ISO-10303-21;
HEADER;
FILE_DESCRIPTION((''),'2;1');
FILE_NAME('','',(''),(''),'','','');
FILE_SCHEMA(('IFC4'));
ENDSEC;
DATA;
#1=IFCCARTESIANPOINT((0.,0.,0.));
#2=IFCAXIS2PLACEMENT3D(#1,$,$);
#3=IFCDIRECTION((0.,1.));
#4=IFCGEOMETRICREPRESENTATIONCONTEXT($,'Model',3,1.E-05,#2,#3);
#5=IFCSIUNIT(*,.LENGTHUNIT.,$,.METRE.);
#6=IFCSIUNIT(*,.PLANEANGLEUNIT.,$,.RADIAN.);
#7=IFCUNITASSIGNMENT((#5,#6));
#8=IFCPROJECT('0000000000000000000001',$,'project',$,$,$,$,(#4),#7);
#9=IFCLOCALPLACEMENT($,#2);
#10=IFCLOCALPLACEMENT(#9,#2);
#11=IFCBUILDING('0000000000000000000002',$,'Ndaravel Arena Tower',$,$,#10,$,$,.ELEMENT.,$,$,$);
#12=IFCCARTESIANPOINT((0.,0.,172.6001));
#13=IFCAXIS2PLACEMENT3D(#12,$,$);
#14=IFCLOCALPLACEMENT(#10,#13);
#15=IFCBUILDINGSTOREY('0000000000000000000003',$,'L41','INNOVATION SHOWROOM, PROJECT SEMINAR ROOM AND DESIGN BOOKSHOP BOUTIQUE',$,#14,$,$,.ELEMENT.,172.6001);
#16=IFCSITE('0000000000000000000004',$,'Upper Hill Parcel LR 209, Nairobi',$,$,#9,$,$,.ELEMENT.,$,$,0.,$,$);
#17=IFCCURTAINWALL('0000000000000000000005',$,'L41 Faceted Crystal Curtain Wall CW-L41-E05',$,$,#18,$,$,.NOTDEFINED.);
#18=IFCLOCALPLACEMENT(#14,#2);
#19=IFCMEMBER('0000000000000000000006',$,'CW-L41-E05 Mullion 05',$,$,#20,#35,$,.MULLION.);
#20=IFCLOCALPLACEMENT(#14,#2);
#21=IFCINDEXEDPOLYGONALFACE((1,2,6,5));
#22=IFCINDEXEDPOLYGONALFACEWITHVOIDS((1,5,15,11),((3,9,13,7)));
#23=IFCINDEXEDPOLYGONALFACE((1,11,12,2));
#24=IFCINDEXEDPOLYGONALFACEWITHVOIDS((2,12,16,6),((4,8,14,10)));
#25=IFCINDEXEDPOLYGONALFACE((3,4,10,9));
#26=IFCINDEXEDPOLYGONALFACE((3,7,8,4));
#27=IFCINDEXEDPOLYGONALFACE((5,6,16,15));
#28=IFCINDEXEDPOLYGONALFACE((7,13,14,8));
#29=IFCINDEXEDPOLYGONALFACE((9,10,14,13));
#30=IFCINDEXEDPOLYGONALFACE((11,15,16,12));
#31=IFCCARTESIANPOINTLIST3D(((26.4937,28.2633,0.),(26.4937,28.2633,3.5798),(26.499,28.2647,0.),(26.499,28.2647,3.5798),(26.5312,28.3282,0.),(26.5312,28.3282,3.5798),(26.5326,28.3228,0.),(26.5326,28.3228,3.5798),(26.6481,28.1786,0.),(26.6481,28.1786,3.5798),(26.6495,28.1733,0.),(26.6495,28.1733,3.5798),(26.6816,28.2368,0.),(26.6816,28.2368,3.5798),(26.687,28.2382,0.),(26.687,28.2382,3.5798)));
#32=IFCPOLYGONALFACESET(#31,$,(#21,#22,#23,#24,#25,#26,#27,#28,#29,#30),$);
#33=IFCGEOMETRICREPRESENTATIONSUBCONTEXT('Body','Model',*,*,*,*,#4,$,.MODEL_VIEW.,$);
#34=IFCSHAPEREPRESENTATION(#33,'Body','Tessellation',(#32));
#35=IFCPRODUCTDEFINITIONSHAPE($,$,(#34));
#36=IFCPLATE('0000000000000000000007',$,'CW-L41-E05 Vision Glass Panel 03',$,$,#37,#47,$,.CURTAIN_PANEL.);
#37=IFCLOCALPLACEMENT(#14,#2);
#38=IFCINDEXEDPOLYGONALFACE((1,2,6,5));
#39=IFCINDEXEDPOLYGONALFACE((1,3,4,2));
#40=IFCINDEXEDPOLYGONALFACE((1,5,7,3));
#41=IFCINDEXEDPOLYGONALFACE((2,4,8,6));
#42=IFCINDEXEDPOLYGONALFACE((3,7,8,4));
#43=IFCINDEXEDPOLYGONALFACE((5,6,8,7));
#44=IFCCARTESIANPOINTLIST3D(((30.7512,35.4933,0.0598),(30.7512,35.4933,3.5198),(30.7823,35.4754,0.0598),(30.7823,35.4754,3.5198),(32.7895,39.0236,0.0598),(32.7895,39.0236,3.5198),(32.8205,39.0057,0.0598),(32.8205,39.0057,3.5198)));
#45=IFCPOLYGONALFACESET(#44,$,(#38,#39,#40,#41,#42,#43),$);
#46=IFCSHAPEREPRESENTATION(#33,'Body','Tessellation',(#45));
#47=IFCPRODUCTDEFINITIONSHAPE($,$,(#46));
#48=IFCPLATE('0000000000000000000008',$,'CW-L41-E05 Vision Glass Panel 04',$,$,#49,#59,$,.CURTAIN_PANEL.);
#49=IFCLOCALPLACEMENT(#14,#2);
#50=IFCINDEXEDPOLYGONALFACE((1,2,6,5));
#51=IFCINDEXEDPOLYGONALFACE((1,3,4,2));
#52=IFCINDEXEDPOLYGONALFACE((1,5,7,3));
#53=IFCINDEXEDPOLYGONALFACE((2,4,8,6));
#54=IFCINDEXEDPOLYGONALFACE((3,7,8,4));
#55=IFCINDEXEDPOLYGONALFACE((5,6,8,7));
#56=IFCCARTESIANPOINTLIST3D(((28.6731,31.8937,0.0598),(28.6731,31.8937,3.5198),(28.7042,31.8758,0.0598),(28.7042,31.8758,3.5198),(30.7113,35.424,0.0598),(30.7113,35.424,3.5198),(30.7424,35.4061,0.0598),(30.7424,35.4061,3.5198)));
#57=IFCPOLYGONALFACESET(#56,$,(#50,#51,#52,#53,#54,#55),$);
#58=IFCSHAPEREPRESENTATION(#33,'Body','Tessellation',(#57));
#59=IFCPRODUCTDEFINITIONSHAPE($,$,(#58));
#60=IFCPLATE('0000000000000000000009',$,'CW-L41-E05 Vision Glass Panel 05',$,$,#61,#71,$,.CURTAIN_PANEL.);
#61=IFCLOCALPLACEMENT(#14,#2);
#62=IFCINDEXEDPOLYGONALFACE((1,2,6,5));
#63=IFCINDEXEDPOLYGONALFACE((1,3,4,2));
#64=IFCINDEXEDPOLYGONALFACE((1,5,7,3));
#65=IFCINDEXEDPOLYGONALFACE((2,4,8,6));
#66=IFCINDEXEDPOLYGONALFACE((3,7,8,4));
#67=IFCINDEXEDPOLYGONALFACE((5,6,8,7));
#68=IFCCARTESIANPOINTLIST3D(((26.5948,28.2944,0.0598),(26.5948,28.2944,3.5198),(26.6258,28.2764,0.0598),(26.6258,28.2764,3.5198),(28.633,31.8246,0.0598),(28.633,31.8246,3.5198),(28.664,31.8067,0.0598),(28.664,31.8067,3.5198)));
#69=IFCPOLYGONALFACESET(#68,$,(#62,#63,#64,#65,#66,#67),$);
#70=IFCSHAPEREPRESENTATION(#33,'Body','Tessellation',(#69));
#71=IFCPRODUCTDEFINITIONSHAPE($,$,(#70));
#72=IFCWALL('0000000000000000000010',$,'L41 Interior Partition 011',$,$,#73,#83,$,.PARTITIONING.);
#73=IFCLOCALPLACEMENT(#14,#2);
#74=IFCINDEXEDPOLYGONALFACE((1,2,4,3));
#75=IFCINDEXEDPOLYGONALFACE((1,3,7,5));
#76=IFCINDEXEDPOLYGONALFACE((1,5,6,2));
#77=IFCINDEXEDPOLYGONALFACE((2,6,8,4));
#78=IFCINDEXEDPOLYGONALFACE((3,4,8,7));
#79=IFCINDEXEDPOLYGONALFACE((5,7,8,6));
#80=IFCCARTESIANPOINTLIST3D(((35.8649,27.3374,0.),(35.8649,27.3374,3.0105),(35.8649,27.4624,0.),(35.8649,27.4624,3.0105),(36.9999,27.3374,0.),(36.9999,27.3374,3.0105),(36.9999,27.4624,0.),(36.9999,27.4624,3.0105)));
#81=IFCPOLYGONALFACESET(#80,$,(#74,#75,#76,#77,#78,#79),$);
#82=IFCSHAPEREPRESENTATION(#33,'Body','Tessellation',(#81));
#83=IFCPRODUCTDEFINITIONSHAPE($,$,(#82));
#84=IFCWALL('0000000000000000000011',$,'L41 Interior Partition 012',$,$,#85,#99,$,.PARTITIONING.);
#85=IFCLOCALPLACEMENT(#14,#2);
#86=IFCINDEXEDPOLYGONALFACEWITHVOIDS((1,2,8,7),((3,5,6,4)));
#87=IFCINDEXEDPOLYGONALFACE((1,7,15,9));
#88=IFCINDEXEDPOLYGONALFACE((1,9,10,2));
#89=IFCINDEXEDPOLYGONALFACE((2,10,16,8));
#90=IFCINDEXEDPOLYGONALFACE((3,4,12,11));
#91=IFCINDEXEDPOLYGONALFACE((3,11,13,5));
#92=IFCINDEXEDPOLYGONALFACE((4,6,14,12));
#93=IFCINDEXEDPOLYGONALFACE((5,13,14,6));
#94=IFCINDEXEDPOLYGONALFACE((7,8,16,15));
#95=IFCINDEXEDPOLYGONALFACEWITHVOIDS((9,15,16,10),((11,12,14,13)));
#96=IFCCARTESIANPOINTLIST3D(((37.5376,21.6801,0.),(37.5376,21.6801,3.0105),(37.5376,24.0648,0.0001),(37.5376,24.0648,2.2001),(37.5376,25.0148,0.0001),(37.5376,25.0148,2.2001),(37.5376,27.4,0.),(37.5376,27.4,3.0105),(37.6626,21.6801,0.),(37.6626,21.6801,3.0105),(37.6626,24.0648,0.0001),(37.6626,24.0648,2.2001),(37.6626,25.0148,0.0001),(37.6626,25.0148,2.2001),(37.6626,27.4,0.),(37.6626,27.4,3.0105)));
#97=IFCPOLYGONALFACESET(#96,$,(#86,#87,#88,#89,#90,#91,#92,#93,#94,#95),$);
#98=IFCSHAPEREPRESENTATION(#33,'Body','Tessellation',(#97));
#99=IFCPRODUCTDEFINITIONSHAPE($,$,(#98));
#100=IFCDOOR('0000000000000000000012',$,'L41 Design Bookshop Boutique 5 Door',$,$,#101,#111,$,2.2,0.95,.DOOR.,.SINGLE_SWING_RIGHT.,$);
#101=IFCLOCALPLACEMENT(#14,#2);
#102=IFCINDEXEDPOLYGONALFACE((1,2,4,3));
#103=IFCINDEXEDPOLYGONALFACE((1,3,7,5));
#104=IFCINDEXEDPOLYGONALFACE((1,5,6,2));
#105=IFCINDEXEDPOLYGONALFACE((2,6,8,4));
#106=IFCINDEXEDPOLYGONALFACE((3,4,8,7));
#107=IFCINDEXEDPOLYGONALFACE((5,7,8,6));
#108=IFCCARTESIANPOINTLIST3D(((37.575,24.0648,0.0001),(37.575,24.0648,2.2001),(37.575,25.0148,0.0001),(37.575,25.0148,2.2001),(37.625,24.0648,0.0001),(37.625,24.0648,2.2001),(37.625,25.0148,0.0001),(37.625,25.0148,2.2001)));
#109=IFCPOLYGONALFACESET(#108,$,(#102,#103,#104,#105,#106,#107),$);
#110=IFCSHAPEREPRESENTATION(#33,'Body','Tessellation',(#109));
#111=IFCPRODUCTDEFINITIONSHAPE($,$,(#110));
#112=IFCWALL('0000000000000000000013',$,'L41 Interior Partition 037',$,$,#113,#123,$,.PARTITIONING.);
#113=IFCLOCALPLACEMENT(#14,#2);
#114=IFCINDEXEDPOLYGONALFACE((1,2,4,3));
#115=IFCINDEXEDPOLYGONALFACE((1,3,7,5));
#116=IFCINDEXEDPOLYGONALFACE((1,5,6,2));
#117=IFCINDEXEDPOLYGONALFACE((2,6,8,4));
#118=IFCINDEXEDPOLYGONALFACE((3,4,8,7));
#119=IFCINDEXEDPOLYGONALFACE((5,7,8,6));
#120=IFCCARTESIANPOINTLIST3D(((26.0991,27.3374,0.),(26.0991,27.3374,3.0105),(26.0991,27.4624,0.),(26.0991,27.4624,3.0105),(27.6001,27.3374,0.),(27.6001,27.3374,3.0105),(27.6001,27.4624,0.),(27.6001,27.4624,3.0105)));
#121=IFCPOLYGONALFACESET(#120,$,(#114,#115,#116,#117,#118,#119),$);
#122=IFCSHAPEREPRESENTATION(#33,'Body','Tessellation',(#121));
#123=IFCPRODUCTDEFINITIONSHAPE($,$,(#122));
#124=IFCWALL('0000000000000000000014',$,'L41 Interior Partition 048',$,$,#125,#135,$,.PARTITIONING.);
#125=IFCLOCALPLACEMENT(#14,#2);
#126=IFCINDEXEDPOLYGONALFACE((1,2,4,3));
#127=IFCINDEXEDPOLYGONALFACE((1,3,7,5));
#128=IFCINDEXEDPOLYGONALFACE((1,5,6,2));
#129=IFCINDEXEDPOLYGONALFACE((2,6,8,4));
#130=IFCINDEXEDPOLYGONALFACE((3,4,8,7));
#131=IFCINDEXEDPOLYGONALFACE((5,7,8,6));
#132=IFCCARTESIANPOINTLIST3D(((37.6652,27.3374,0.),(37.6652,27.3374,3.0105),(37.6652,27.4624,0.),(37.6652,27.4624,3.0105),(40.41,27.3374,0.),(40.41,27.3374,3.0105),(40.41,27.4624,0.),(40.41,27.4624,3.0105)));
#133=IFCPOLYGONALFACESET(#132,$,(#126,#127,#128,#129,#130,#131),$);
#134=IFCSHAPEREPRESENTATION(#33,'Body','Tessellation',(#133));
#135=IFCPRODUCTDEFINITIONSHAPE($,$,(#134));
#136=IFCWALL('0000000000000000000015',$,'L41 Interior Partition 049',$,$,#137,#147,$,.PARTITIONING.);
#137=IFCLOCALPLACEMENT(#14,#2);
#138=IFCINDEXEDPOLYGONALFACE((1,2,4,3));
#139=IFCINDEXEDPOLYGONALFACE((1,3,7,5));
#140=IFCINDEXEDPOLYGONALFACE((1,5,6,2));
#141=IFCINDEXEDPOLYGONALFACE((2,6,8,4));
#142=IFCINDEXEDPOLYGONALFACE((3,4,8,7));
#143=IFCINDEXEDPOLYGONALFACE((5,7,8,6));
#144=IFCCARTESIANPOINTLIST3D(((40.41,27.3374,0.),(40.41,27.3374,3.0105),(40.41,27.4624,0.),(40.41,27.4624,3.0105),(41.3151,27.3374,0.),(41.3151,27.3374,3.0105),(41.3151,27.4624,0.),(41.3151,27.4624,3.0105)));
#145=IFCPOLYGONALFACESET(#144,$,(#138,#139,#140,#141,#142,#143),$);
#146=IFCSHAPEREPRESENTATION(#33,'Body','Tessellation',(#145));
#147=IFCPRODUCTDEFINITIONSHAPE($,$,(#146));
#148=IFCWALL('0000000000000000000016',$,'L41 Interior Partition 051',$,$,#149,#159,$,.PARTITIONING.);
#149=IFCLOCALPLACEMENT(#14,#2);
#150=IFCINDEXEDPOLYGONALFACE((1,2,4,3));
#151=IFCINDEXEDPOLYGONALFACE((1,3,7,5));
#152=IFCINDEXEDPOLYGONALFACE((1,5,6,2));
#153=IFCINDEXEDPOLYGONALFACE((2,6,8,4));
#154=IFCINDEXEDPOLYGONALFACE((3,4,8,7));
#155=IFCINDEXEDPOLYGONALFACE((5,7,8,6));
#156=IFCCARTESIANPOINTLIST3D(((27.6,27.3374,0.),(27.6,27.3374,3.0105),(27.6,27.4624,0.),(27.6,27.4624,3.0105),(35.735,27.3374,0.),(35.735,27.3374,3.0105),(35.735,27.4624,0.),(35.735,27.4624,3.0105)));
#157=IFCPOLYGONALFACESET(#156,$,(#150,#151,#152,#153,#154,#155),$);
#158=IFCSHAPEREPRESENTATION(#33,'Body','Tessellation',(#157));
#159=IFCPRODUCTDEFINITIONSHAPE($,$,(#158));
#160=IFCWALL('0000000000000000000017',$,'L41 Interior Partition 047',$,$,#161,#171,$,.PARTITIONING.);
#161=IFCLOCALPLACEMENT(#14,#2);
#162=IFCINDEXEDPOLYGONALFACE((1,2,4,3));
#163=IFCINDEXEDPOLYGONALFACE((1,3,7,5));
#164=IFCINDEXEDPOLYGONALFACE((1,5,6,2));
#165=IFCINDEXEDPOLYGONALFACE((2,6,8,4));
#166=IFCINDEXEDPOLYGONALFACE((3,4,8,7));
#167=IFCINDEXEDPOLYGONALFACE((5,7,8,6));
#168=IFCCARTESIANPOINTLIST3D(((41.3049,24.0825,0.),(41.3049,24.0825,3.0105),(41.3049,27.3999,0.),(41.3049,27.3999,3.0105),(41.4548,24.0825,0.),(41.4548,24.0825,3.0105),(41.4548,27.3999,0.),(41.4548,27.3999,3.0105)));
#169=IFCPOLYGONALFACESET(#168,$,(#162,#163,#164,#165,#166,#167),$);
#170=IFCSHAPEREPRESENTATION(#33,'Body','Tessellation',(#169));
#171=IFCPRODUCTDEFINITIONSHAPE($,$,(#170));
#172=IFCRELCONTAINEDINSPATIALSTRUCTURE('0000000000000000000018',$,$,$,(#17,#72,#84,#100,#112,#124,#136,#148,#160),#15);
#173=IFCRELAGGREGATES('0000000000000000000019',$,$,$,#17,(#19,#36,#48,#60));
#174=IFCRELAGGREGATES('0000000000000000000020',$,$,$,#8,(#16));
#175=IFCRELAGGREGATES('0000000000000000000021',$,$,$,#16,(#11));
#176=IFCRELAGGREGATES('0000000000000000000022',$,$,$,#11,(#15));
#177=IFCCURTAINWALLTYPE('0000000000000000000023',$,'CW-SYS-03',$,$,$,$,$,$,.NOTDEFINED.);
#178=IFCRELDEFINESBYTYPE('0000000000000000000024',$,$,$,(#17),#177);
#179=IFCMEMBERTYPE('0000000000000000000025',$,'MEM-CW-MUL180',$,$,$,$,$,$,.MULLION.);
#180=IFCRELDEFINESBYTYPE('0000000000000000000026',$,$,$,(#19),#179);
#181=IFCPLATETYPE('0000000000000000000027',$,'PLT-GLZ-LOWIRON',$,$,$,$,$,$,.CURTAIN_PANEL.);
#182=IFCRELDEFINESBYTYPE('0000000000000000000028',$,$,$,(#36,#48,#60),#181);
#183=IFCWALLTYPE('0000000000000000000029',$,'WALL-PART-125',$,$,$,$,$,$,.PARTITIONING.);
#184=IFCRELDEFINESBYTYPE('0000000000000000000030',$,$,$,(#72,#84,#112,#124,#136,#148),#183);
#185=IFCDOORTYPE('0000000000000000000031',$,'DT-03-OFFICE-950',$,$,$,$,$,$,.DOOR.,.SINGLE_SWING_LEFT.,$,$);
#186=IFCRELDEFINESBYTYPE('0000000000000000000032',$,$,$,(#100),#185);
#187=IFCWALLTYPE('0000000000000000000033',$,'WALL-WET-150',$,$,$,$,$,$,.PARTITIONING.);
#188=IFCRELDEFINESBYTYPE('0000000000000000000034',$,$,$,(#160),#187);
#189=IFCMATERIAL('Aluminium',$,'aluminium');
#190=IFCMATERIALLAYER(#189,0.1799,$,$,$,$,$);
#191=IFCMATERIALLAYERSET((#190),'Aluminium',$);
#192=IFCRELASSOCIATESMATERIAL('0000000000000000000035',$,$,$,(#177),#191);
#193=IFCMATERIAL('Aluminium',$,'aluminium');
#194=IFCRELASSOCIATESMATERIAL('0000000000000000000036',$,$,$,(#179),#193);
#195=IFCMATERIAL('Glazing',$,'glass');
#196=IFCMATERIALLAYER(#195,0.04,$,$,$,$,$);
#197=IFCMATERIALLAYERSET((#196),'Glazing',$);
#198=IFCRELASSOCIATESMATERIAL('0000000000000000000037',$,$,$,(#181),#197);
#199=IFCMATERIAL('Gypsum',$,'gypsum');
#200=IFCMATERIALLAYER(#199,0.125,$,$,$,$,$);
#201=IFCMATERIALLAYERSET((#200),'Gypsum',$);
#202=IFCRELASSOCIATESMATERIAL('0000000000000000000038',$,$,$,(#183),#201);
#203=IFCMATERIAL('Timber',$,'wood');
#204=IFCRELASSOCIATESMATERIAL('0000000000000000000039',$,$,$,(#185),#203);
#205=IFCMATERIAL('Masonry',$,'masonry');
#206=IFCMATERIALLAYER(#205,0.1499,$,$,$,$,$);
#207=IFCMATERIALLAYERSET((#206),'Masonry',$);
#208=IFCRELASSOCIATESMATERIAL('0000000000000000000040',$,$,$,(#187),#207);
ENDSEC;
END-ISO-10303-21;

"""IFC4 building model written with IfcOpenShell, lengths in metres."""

from ifc_helpers import new_model, si_unit, direction, frame, frame_2d, origin, origin_2d, place, context, subcontext, project, spatial, rectangle, hollow_rectangle, extrude, material, layer, layer_set, material_profile, profile_set, type_object, element, fill, aggregate, save


model = new_model("IFC4")

# Units and contexts
model_context = context("Model", 3, precision=1e-05, world=origin(), true_north=direction((0.0, 1.0)))
body_context = subcontext(model_context, "Body", "Model", "MODEL_VIEW")
ifc_project = project(units=[si_unit("LENGTHUNIT", "METRE"), si_unit("PLANEANGLEUNIT", "RADIAN")], contexts=[model_context])

# Site, building, storey
site_placement = place(None, origin())
site = spatial("IfcSite", under=ifc_project, at=site_placement, Name="Upper Hill Parcel LR 209, Nairobi", CompositionType="ELEMENT", RefElevation=0.0)
building_placement = place(site_placement, origin())
building = spatial("IfcBuilding", under=site, at=building_placement, Name="Ndaravel Arena Tower", CompositionType="ELEMENT")
storey_placement = place(building_placement, frame((0.0, 0.0, 172.6001)))
storey = spatial("IfcBuildingStorey", under=building, at=storey_placement, Name="L41", Description="INNOVATION SHOWROOM, PROJECT SEMINAR ROOM AND DESIGN BOOKSHOP BOUTIQUE", CompositionType="ELEMENT", Elevation=172.6001)

# Curtain wall, member, plates
ifc_material_1 = material(Name="Aluminium", Category="aluminium")
ifc_layer_1 = layer(ifc_material_1, 0.1799)
ifc_layer_set_1 = layer_set([ifc_layer_1], Name="Aluminium")
curtain_wall_type = type_object("IfcCurtainWallType", Name="CW-SYS-03", PredefinedType="NOTDEFINED", material=ifc_layer_set_1)
curtain_wall_placement = place(storey_placement, origin())
curtain_wall = element("IfcCurtainWall", 1, at=curtain_wall_placement, inside=storey, type_object=curtain_wall_type, Name="L41 Faceted Crystal Curtain Wall CW-L41-E05", PredefinedType="NOTDEFINED")
ifc_material_2 = material(Name="Aluminium", Category="aluminium")
ifc_material_profile_1 = material_profile(ifc_material_2, hollow_rectangle(XDim=0.075, YDim=0.1799, WallThickness=0.0039, at=origin_2d()), Name="CW MULLION 75x180x4")
ifc_profile_set_1 = profile_set([ifc_material_profile_1], Name="Aluminium")
member_type = type_object("IfcMemberType", Name="MEM-CW-MUL180", PredefinedType="MULLION", material=ifc_profile_set_1)
member_1_placement = place(storey_placement, frame((26.5903, 28.2507, 0.0), z_axis=(0.0, 0.0, 1.0), x_axis=(-0.5, -0.866025, 0.0)))
member_1 = element("IfcMember", 2, at=member_1_placement, type_object=member_type, Name="CW-L41-E05 Mullion 05", PredefinedType="MULLION", context=body_context, shape_type="SweptSolid", body=[
    extrude(hollow_rectangle(XDim=0.075, YDim=0.1799, WallThickness=0.0039, at=origin_2d()), origin(), (0.0, 0.0, 1.0), 3.5798),
])
ifc_material_3 = material(Name="Glazing", Category="glass")
ifc_layer_2 = layer(ifc_material_3, 0.04)
ifc_layer_set_2 = layer_set([ifc_layer_2], Name="Glazing")
plate_type = type_object("IfcPlateType", Name="PLT-GLZ-LOWIRON", PredefinedType="CURTAIN_PANEL", material=ifc_layer_set_2)
plate_1_placement = place(storey_placement, frame((31.7859, 37.2495, 0.0598), z_axis=(0.0, 0.0, 1.0), x_axis=(-0.5, -0.866025, 0.0)))
plate_1 = element("IfcPlate", 3, at=plate_1_placement, type_object=plate_type, Name="CW-L41-E05 Vision Glass Panel 03", PredefinedType="CURTAIN_PANEL", context=body_context, shape_type="SweptSolid", body=[
    extrude(rectangle(XDim=4.0764, YDim=0.0359, at=origin_2d()), origin(), (0.0, 0.0, 1.0), 3.46),
])
plate_2_placement = place(storey_placement, frame((29.7078, 33.6499, 0.0598), z_axis=(0.0, 0.0, 1.0), x_axis=(-0.5, -0.866025, 0.0)))
plate_2 = element("IfcPlate", 4, at=plate_2_placement, type_object=plate_type, Name="CW-L41-E05 Vision Glass Panel 04", PredefinedType="CURTAIN_PANEL", context=body_context, shape_type="SweptSolid", body=[
    extrude(rectangle(XDim=4.0764, YDim=0.0359, at=origin_2d()), origin(), (0.0, 0.0, 1.0), 3.46),
])
plate_3_placement = place(storey_placement, frame((27.6294, 30.0505, 0.0598), z_axis=(0.0, 0.0, 1.0), x_axis=(-0.5, -0.866025, 0.0)))
plate_3 = element("IfcPlate", 5, at=plate_3_placement, type_object=plate_type, Name="CW-L41-E05 Vision Glass Panel 05", PredefinedType="CURTAIN_PANEL", context=body_context, shape_type="SweptSolid", body=[
    extrude(rectangle(XDim=4.0764, YDim=0.0359, at=origin_2d()), origin(), (0.0, 0.0, 1.0), 3.46),
])
aggregate(curtain_wall, [member_1, plate_1, plate_2, plate_3])

# Wall
ifc_material_4 = material(Name="Gypsum", Category="gypsum")
ifc_layer_3 = layer(ifc_material_4, 0.125)
ifc_layer_set_3 = layer_set([ifc_layer_3], Name="Gypsum")
wall_type_1 = type_object("IfcWallType", Name="WALL-PART-125", PredefinedType="PARTITIONING", material=ifc_layer_set_3)
wall_1_placement = place(storey_placement, frame((35.865, 27.3999, 0.0), z_axis=(0.0, 0.0, 1.0), x_axis=(1.0, 0.0, 0.0)))
element("IfcWall", 6, at=wall_1_placement, inside=storey, type_object=wall_type_1, Name="L41 Interior Partition 011", PredefinedType="PARTITIONING", context=body_context, shape_type="SweptSolid", body=[
    extrude(rectangle(XDim=1.135, YDim=0.125, at=frame_2d((0.5674, 0.0))), origin(), (0.0, 0.0, 1.0), 3.0105),
])

# Wall, opening, door
wall_2_placement = place(storey_placement, frame((37.6001, 27.3999, 0.0), z_axis=(0.0, 0.0, 1.0), x_axis=(0.0, -1.0, 0.0)))
wall_2 = element("IfcWall", 7, at=wall_2_placement, inside=storey, type_object=wall_type_1, Name="L41 Interior Partition 012", PredefinedType="PARTITIONING", context=body_context, shape_type="SweptSolid", body=[
    extrude(rectangle(XDim=5.72, YDim=0.125, at=frame_2d((2.8599, 0.0))), origin(), (0.0, 0.0, 1.0), 3.0105),
])
opening_placement = place(wall_2_placement, frame((2.385, 0.0, 0.0)))
opening = element("IfcOpeningElement", 8, at=opening_placement, cuts=wall_2, PredefinedType="OPENING", context=body_context, shape_type="SweptSolid", body=[
    extrude(rectangle(XDim=0.95, YDim=2.2, at=frame_2d((0.4751, 1.1001))), frame((0.0, 0.0625, 0.0), z_axis=(0.0, -1.0, 0.0), x_axis=(1.0, 0.0, 0.0)), (0.0, 0.0, 1.0), 0.125),
])
ifc_material_5 = material(Name="Timber", Category="wood")
door_type = type_object("IfcDoorType", Name="DT-03-OFFICE-950", OperationType="SINGLE_SWING_LEFT", PredefinedType="DOOR", material=ifc_material_5)
door_placement = place(opening_placement, origin())
door = element("IfcDoor", 9, at=door_placement, inside=storey, type_object=door_type, Name="L41 Design Bookshop Boutique 5 Door", OperationType="SINGLE_SWING_RIGHT", OverallHeight=2.2, OverallWidth=0.95, PredefinedType="DOOR", context=body_context, shape_type="SweptSolid", body=[
    extrude(rectangle(XDim=0.95, YDim=2.2, at=frame_2d((0.4751, 1.1001))), frame((0.0, 0.0249, 0.0), z_axis=(0.0, -1.0, 0.0), x_axis=(1.0, 0.0, 0.0)), (0.0, 0.0, 1.0), 0.05),
])
fill(opening, door)

# Walls
wall_3_placement = place(storey_placement, frame((26.0991, 27.3999, 0.0), z_axis=(0.0, 0.0, 1.0), x_axis=(1.0, 0.0, 0.0)))
element("IfcWall", 10, at=wall_3_placement, inside=storey, type_object=wall_type_1, Name="L41 Interior Partition 037", PredefinedType="PARTITIONING", context=body_context, shape_type="SweptSolid", body=[
    extrude(rectangle(XDim=1.501, YDim=0.125, at=frame_2d((0.7505, 0.0))), origin(), (0.0, 0.0, 1.0), 3.0105),
])
wall_4_placement = place(storey_placement, frame((37.665, 27.3999, 0.0), z_axis=(0.0, 0.0, 1.0), x_axis=(1.0, 0.0, 0.0)))
element("IfcWall", 11, at=wall_4_placement, inside=storey, type_object=wall_type_1, Name="L41 Interior Partition 048", PredefinedType="PARTITIONING", context=body_context, shape_type="SweptSolid", body=[
    extrude(rectangle(XDim=2.7449, YDim=0.125, at=frame_2d((1.3726, 0.0))), origin(), (0.0, 0.0, 1.0), 3.0105),
])
wall_5_placement = place(storey_placement, frame((40.4099, 27.3999, 0.0), z_axis=(0.0, 0.0, 1.0), x_axis=(1.0, 0.0, 0.0)))
element("IfcWall", 12, at=wall_5_placement, inside=storey, type_object=wall_type_1, Name="L41 Interior Partition 049", PredefinedType="PARTITIONING", context=body_context, shape_type="SweptSolid", body=[
    extrude(rectangle(XDim=0.905, YDim=0.125, at=frame_2d((0.4526, 0.0))), origin(), (0.0, 0.0, 1.0), 3.0105),
])
wall_6_placement = place(storey_placement, frame((27.6001, 27.3999, 0.0), z_axis=(0.0, 0.0, 1.0), x_axis=(1.0, 0.0, 0.0)))
element("IfcWall", 13, at=wall_6_placement, inside=storey, type_object=wall_type_1, Name="L41 Interior Partition 051", PredefinedType="PARTITIONING", context=body_context, shape_type="SweptSolid", body=[
    extrude(rectangle(XDim=8.135, YDim=0.125, at=frame_2d((4.0674, 0.0))), origin(), (0.0, 0.0, 1.0), 3.0105),
])
ifc_material_6 = material(Name="Masonry", Category="masonry")
ifc_layer_4 = layer(ifc_material_6, 0.1499)
ifc_layer_set_4 = layer_set([ifc_layer_4], Name="Masonry")
wall_type_2 = type_object("IfcWallType", Name="WALL-WET-150", PredefinedType="PARTITIONING", material=ifc_layer_set_4)
wall_7_placement = place(storey_placement, frame((41.3799, 27.3999, 0.0), z_axis=(0.0, 0.0, 1.0), x_axis=(0.0, -1.0, 0.0)))
element("IfcWall", 14, at=wall_7_placement, inside=storey, type_object=wall_type_2, Name="L41 Interior Partition 047", PredefinedType="PARTITIONING", context=body_context, shape_type="SweptSolid", body=[
    extrude(rectangle(XDim=3.3174, YDim=0.1499, at=frame_2d((1.6587, 0.0))), origin(), (0.0, 0.0, 1.0), 3.0105),
])

save(model, "model.ifc")
